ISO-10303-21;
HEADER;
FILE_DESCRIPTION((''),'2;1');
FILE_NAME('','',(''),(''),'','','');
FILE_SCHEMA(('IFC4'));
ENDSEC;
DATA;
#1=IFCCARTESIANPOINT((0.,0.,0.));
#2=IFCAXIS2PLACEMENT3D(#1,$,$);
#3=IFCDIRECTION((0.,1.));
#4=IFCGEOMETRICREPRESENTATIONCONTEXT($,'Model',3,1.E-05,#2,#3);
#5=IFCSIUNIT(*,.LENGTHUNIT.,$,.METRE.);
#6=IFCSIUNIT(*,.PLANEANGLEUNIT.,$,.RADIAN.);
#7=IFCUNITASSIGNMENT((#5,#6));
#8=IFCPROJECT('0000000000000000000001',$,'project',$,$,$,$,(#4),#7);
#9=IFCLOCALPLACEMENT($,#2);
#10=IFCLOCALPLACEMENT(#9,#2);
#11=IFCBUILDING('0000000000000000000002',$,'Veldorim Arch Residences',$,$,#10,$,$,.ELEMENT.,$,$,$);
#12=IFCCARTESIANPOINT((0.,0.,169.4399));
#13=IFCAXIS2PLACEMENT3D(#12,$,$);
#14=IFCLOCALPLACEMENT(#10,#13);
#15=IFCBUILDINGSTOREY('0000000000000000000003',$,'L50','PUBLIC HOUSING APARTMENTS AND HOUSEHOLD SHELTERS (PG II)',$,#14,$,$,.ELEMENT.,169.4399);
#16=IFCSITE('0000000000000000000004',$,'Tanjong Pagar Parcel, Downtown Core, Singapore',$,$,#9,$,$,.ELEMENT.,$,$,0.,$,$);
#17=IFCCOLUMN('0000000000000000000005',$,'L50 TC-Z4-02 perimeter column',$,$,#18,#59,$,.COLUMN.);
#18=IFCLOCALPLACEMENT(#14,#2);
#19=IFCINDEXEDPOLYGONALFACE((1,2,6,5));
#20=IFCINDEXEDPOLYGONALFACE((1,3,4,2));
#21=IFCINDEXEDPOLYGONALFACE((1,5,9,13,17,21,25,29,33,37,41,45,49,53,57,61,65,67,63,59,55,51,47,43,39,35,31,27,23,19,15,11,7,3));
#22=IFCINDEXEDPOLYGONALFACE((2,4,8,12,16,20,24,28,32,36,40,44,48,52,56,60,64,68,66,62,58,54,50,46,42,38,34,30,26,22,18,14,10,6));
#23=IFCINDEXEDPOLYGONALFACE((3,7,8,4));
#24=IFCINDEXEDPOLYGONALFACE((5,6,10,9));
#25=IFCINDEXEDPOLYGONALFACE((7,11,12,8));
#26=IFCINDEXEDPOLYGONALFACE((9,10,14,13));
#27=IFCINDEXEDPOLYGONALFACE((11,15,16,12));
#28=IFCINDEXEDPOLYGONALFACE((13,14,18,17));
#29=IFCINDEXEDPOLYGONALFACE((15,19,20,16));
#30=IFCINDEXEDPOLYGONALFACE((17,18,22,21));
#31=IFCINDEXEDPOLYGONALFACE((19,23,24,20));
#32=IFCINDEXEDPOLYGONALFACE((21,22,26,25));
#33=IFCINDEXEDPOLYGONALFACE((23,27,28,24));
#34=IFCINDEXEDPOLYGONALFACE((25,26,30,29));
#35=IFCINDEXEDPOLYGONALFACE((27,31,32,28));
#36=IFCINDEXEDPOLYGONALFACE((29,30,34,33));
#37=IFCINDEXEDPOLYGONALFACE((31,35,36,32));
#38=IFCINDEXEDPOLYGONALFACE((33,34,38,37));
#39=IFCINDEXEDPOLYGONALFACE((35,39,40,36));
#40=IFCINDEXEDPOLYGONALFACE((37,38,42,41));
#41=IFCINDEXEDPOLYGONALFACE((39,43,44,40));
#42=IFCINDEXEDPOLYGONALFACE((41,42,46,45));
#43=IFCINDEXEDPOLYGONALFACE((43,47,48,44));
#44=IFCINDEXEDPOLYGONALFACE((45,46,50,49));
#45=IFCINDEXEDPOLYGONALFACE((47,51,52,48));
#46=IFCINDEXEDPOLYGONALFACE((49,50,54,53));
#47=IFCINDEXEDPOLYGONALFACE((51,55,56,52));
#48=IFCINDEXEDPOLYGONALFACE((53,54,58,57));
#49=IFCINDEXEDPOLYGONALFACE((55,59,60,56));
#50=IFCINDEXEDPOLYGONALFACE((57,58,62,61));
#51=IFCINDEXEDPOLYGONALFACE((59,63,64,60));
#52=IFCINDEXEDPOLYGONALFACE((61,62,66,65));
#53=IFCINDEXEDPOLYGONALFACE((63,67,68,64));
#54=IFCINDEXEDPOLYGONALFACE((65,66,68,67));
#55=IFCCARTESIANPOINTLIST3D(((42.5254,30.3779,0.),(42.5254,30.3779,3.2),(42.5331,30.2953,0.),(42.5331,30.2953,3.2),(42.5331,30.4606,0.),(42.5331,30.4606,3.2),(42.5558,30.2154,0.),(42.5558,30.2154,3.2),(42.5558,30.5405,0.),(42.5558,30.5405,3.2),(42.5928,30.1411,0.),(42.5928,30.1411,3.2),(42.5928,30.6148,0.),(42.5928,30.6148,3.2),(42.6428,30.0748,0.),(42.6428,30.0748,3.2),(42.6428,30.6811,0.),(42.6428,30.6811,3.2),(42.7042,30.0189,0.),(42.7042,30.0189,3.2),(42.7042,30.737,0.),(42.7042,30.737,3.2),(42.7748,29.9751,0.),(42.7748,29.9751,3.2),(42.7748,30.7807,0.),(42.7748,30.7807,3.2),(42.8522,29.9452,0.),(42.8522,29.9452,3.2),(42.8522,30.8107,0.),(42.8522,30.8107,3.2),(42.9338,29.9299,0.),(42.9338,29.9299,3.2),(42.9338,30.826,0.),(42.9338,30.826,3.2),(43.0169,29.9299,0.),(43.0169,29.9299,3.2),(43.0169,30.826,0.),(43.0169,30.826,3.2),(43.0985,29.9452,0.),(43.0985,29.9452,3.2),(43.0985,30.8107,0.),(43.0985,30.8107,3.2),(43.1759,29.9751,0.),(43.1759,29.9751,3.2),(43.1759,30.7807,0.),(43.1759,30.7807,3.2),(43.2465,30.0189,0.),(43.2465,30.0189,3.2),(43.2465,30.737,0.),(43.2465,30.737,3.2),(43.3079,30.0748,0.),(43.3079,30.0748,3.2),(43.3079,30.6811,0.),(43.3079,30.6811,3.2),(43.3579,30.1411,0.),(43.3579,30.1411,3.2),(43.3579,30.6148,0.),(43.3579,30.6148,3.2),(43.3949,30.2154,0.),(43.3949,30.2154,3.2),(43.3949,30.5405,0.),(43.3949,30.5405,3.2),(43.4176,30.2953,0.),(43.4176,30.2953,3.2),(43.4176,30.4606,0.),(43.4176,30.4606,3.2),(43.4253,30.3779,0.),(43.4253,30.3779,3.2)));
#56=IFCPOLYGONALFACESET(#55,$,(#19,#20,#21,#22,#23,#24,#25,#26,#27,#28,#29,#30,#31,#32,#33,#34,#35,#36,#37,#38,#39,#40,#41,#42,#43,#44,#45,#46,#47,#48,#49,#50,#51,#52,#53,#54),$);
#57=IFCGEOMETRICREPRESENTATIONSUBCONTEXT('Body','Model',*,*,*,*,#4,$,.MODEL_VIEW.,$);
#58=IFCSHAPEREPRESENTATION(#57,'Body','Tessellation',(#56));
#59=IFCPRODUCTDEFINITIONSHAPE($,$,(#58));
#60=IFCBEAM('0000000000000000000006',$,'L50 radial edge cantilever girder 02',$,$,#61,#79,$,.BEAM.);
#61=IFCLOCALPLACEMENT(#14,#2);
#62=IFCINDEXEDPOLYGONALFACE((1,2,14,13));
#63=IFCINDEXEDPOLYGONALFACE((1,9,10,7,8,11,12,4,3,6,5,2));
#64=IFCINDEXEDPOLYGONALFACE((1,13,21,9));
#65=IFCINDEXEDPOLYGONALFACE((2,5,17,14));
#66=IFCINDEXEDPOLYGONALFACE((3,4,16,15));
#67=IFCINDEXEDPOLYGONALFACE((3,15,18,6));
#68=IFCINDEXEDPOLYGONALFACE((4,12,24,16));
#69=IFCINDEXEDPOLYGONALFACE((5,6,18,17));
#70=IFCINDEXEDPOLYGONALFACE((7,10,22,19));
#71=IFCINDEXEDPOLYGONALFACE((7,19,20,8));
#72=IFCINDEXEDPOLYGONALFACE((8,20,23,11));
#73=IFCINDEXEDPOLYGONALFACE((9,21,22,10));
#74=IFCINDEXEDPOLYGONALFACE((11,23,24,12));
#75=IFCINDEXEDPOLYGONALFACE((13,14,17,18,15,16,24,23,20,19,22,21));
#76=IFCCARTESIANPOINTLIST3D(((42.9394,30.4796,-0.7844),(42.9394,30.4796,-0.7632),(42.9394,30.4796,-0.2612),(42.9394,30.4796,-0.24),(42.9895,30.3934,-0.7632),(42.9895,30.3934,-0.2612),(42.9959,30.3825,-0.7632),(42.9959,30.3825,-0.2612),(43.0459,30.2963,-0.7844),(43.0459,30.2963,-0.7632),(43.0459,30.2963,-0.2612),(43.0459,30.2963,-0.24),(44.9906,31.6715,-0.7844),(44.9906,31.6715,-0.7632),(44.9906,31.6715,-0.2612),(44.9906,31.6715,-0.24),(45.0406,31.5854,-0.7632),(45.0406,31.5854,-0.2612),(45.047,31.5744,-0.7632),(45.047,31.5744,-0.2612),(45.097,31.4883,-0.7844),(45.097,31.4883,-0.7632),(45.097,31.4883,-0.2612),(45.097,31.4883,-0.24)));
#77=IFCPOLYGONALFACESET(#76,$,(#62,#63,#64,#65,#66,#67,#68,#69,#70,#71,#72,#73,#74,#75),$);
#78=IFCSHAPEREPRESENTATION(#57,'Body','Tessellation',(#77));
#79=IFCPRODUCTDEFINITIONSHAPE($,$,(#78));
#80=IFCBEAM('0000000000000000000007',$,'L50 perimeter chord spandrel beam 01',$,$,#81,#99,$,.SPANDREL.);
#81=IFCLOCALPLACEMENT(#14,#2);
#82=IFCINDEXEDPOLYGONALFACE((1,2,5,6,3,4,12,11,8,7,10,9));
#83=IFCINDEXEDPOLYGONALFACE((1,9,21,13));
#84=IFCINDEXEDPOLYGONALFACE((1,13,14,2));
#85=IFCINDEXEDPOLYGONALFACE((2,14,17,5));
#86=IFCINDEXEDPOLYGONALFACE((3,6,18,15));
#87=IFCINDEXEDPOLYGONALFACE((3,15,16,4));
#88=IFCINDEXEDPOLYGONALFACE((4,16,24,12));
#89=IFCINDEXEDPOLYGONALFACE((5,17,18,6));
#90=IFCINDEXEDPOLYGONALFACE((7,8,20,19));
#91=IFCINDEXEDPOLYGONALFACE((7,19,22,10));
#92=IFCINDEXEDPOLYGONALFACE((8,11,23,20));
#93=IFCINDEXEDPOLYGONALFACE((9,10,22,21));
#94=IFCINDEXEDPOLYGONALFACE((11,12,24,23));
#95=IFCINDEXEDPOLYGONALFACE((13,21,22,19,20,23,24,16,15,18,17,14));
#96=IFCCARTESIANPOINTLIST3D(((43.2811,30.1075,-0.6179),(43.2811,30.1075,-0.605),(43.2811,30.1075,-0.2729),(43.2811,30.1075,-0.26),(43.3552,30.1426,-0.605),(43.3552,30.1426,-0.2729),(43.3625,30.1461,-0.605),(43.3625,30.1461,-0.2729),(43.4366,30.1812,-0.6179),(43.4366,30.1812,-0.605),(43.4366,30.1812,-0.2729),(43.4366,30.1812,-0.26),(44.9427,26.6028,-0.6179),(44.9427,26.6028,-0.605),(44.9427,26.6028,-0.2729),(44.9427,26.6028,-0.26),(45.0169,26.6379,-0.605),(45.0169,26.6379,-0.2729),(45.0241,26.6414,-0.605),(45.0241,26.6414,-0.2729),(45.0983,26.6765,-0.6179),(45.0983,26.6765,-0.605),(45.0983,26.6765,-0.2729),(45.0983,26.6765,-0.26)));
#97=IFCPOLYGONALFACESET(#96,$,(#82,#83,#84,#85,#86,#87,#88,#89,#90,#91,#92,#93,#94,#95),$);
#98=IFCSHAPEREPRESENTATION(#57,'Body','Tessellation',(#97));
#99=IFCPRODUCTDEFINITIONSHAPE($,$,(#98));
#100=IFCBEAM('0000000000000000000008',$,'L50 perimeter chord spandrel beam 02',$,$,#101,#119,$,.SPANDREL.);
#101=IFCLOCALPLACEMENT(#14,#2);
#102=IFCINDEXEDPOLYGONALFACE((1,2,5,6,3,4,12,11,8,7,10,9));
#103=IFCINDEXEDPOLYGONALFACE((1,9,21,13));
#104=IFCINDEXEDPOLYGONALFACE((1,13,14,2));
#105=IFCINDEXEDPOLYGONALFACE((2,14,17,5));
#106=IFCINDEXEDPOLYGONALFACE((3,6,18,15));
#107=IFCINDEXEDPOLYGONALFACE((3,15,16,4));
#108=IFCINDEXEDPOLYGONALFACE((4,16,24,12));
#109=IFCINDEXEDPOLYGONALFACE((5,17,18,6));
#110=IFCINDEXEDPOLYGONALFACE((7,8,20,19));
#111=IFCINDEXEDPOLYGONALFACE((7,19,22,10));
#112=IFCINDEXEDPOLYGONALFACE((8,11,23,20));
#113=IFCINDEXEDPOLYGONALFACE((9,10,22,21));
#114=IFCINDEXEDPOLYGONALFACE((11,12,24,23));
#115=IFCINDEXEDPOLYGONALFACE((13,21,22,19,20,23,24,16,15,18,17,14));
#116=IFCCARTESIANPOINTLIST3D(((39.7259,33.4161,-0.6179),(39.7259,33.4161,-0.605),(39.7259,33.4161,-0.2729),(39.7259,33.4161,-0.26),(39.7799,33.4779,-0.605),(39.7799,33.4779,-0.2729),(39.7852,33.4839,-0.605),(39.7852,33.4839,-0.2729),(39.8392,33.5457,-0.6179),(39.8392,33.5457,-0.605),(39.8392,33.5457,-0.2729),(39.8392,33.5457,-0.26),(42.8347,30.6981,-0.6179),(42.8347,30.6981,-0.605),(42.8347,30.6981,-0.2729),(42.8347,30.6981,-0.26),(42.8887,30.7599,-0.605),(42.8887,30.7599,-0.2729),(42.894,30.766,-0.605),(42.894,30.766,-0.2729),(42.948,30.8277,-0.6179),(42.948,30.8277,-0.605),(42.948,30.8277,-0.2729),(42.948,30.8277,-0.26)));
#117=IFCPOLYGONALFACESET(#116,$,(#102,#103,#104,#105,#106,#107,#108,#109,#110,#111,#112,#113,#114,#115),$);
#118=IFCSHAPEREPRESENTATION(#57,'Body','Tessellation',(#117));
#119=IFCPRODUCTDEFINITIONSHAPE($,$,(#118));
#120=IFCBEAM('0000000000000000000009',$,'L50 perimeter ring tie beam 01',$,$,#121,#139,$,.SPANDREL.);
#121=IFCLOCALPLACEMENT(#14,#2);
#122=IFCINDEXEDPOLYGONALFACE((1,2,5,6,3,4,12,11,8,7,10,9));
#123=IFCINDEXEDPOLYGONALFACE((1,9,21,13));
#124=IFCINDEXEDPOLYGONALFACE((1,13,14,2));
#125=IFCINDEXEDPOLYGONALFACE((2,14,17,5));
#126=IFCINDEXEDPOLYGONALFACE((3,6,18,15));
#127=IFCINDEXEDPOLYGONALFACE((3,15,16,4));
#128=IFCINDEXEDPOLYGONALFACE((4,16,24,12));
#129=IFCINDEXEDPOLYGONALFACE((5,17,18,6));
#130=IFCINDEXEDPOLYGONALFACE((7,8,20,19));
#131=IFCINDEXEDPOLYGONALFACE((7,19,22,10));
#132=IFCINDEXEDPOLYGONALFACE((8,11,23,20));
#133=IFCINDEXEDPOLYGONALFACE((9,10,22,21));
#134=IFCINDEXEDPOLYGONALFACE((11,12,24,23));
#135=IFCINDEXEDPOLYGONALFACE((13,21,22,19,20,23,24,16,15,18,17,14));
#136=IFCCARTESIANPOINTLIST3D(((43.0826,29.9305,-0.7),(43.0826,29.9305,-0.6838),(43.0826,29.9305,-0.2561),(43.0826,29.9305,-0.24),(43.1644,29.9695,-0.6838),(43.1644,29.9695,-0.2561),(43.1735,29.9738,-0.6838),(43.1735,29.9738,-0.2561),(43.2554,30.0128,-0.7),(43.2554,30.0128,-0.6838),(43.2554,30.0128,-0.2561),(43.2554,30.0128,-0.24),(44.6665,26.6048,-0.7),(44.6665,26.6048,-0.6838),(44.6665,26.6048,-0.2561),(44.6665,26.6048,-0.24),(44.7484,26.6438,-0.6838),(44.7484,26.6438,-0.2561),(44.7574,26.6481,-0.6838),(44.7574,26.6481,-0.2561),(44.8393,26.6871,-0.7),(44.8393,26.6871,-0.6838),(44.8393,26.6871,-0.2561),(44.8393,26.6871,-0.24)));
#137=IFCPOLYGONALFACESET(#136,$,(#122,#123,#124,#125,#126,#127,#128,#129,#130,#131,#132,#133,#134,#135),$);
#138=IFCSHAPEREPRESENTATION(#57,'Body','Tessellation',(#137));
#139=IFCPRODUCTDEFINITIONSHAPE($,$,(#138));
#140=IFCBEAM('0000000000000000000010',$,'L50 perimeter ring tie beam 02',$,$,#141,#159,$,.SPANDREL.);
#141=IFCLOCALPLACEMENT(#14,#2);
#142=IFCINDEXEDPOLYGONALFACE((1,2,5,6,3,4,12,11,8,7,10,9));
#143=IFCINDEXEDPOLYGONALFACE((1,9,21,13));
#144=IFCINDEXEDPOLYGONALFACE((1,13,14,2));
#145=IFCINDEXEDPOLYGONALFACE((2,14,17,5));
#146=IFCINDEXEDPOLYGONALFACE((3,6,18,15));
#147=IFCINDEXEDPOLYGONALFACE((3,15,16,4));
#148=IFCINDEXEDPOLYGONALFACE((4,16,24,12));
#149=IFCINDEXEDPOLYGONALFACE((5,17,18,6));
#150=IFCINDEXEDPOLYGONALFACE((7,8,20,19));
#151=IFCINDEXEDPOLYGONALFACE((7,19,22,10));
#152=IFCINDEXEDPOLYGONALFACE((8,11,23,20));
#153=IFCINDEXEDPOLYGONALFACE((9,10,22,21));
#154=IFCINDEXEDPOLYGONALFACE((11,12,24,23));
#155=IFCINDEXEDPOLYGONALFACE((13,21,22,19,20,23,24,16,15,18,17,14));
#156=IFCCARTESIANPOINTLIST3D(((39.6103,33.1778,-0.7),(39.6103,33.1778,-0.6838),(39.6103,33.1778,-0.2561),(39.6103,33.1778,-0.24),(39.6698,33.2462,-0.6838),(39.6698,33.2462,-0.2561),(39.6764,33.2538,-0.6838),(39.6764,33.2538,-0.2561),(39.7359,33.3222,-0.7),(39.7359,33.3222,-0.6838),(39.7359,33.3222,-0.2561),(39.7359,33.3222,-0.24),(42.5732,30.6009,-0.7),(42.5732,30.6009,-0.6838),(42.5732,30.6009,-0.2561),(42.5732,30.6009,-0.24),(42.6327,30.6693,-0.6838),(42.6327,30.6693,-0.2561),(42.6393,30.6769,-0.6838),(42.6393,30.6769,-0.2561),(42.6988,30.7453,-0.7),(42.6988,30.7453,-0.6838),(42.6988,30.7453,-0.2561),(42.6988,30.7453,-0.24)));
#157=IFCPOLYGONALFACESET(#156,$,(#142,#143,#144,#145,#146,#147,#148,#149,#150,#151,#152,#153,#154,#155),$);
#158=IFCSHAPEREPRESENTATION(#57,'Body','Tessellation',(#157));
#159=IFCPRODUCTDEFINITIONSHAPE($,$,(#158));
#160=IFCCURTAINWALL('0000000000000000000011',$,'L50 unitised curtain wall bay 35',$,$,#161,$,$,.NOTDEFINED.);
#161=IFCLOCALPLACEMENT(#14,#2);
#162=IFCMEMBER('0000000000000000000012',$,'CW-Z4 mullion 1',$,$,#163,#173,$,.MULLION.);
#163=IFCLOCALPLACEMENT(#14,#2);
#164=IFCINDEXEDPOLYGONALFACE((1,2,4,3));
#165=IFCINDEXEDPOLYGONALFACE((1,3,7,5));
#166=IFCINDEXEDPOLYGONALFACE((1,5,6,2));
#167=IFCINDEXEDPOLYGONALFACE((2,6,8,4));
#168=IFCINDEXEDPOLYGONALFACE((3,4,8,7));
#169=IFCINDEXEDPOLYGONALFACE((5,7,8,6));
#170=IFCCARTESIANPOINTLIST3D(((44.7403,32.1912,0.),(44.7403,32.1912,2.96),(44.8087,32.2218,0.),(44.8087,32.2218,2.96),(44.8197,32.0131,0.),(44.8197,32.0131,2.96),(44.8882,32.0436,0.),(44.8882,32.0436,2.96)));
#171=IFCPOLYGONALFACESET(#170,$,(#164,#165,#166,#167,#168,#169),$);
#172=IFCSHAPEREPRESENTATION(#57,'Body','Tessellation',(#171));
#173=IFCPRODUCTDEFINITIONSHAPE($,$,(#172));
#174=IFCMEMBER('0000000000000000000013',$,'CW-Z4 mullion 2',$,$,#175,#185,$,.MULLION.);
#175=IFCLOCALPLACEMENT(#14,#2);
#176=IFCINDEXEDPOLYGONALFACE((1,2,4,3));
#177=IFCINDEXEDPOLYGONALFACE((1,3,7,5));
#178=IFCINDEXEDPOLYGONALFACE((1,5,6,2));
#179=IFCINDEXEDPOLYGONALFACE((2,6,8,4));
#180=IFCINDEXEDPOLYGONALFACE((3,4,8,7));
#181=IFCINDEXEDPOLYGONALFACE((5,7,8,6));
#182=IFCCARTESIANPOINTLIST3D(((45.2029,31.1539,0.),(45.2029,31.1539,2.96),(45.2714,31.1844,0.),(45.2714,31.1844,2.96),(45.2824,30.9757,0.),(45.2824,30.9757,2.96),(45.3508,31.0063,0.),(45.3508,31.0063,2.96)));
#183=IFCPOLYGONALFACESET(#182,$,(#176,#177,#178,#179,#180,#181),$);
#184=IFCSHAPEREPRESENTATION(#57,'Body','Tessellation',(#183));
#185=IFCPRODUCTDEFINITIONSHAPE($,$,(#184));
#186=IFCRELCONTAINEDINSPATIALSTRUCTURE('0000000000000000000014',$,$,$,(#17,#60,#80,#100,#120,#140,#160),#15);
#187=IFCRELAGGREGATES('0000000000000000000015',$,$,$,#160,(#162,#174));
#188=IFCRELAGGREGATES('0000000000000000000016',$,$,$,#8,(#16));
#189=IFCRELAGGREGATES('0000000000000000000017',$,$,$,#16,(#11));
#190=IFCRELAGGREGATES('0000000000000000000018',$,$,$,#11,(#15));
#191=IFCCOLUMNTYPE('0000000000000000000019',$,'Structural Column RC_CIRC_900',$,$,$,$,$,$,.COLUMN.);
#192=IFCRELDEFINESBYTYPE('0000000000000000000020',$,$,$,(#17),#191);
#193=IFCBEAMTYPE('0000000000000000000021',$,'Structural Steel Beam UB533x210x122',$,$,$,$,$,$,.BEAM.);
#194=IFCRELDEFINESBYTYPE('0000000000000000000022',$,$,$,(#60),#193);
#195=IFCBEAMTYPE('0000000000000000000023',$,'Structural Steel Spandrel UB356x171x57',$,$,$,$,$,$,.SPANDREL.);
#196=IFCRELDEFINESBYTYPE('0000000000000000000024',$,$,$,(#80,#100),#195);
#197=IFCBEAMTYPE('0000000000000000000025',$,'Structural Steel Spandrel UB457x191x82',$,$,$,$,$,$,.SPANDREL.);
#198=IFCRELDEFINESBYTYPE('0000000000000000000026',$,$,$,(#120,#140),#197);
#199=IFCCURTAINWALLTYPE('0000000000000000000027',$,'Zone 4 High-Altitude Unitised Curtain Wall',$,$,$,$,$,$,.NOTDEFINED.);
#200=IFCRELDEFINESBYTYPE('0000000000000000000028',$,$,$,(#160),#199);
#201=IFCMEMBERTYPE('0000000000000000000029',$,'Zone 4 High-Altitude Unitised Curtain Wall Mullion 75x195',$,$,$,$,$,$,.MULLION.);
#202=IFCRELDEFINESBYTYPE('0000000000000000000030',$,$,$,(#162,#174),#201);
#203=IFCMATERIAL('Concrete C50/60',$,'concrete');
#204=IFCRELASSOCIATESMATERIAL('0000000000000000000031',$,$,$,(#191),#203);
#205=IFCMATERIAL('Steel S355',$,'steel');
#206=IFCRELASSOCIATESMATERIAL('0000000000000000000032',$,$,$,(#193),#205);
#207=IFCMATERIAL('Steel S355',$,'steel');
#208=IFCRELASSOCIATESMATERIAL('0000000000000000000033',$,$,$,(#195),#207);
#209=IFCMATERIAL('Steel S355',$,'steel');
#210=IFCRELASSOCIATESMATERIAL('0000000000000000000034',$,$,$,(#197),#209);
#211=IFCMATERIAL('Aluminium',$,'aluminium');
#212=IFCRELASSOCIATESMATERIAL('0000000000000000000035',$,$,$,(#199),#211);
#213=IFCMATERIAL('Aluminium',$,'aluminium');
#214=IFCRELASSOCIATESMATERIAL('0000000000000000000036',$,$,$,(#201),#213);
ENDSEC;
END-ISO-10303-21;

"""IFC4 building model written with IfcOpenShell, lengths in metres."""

from ifc_helpers import new_model, si_unit, direction, frame, origin, origin_2d, place, context, subcontext, project, spatial, rectangle, circle, i_section, extrude, material, material_profile, profile_set, type_object, element, aggregate, save


model = new_model("IFC4")

# Units and contexts
model_context = context("Model", 3, precision=1e-05, world=origin(), true_north=direction((0.0, 1.0)))
body_context = subcontext(model_context, "Body", "Model", "MODEL_VIEW")
ifc_project = project(units=[si_unit("LENGTHUNIT", "METRE"), si_unit("PLANEANGLEUNIT", "RADIAN")], contexts=[model_context])

# Site, building, storey
site_placement = place(None, origin())
site = spatial("IfcSite", under=ifc_project, at=site_placement, Name="Tanjong Pagar Parcel, Downtown Core, Singapore", CompositionType="ELEMENT", RefElevation=0.0)
building_placement = place(site_placement, origin())
building = spatial("IfcBuilding", under=site, at=building_placement, Name="Veldorim Arch Residences", CompositionType="ELEMENT")
storey_placement = place(building_placement, frame((0.0, 0.0, 169.4399)))
storey = spatial("IfcBuildingStorey", under=building, at=storey_placement, Name="L50", Description="PUBLIC HOUSING APARTMENTS AND HOUSEHOLD SHELTERS (PG II)", CompositionType="ELEMENT", Elevation=169.4399)

# Column
ifc_material_1 = material(Name="Concrete C50/60", Category="concrete")
ifc_material_profile_1 = material_profile(ifc_material_1, circle(Radius=0.45, at=origin_2d()), Name="RC_CIRC_900")
ifc_profile_set_1 = profile_set([ifc_material_profile_1], Name="Concrete C50/60")
column_type = type_object("IfcColumnType", Name="Structural Column RC_CIRC_900", PredefinedType="COLUMN", material=ifc_profile_set_1)
column_placement = place(storey_placement, frame((42.9753, 30.3779, 0.0), z_axis=(0.0, 0.0, 1.0), x_axis=(1.0, 0.0, 0.0)))
element("IfcColumn", 1, at=column_placement, inside=storey, type_object=column_type, Name="L50 TC-Z4-02 perimeter column", PredefinedType="COLUMN", context=body_context, shape_type="SweptSolid", body=[
    extrude(circle(Radius=0.45, at=origin_2d()), origin(), (0.0, 0.0, 1.0), 3.2),
])

# Beams
ifc_material_2 = material(Name="Steel S355", Category="steel")
ifc_material_profile_2 = material_profile(ifc_material_2, i_section(OverallWidth=0.2119, OverallDepth=0.5444, WebThickness=0.0127, FlangeThickness=0.0212, at=origin_2d()), Name="UB533x210x122")
ifc_profile_set_2 = profile_set([ifc_material_profile_2], Name="Steel S355")
beam_type_1 = type_object("IfcBeamType", Name="Structural Steel Beam UB533x210x122", PredefinedType="BEAM", material=ifc_profile_set_2)
beam_1_placement = place(storey_placement, frame((42.9927, 30.3879, -0.5122), z_axis=(0.86461, 0.502443, 0.0), x_axis=(-0.502443, 0.86461, 0.0)))
element("IfcBeam", 2, at=beam_1_placement, inside=storey, type_object=beam_type_1, Name="L50 radial edge cantilever girder 02", PredefinedType="BEAM", context=body_context, shape_type="SweptSolid", body=[
    extrude(i_section(OverallWidth=0.2119, OverallDepth=0.5444, WebThickness=0.0127, FlangeThickness=0.0212, at=origin_2d()), origin(), (0.0, 0.0, 1.0), 2.3723),
])
ifc_material_3 = material(Name="Steel S355", Category="steel")
ifc_material_profile_3 = material_profile(ifc_material_3, i_section(OverallWidth=0.1721, OverallDepth=0.3579, WebThickness=0.0081, FlangeThickness=0.0129, at=origin_2d()), Name="UB356x171x57")
ifc_profile_set_3 = profile_set([ifc_material_profile_3], Name="Steel S355")
beam_type_2 = type_object("IfcBeamType", Name="Structural Steel Spandrel UB356x171x57", PredefinedType="SPANDREL", material=ifc_profile_set_3)
beam_2_placement = place(storey_placement, frame((45.0205, 26.6396, -0.439), z_axis=(-0.428408, 0.903585, 0.0), x_axis=(-0.903585, -0.428408, 0.0)))
element("IfcBeam", 3, at=beam_2_placement, inside=storey, type_object=beam_type_2, Name="L50 perimeter chord spandrel beam 01", PredefinedType="SPANDREL", context=body_context, shape_type="SweptSolid", body=[
    extrude(i_section(OverallWidth=0.1721, OverallDepth=0.3579, WebThickness=0.0081, FlangeThickness=0.0129, at=origin_2d()), origin(), (0.0, 0.0, 1.0), 3.8787),
])
beam_3_placement = place(storey_placement, frame((42.8914, 30.7629, -0.439), z_axis=(-0.752848, 0.658195, 0.0), x_axis=(-0.658195, -0.752848, 0.0)))
element("IfcBeam", 4, at=beam_3_placement, inside=storey, type_object=beam_type_2, Name="L50 perimeter chord spandrel beam 02", PredefinedType="SPANDREL", context=body_context, shape_type="SweptSolid", body=[
    extrude(i_section(OverallWidth=0.1721, OverallDepth=0.3579, WebThickness=0.0081, FlangeThickness=0.0129, at=origin_2d()), origin(), (0.0, 0.0, 1.0), 4.1294),
])
ifc_material_4 = material(Name="Steel S355", Category="steel")
ifc_material_profile_4 = material_profile(ifc_material_4, i_section(OverallWidth=0.1914, OverallDepth=0.46, WebThickness=0.01, FlangeThickness=0.0161, at=origin_2d()), Name="UB457x191x82")
ifc_profile_set_4 = profile_set([ifc_material_profile_4], Name="Steel S355")
beam_type_3 = type_object("IfcBeamType", Name="Structural Steel Spandrel UB457x191x82", PredefinedType="SPANDREL", material=ifc_profile_set_4)
beam_4_placement = place(storey_placement, frame((44.7529, 26.646, -0.47), z_axis=(-0.430006, 0.902826, 0.0), x_axis=(-0.902826, -0.430006, 0.0)))
element("IfcBeam", 5, at=beam_4_placement, inside=storey, type_object=beam_type_3, Name="L50 perimeter ring tie beam 01", PredefinedType="SPANDREL", context=body_context, shape_type="SweptSolid", body=[
    extrude(i_section(OverallWidth=0.1914, OverallDepth=0.46, WebThickness=0.01, FlangeThickness=0.0161, at=origin_2d()), origin(), (0.0, 0.0, 1.0), 3.6836),
])
beam_5_placement = place(storey_placement, frame((42.636, 30.6731, -0.47), z_axis=(-0.754545, 0.656248, 0.0), x_axis=(-0.656248, -0.754545, 0.0)))
element("IfcBeam", 6, at=beam_5_placement, inside=storey, type_object=beam_type_3, Name="L50 perimeter ring tie beam 02", PredefinedType="SPANDREL", context=body_context, shape_type="SweptSolid", body=[
    extrude(i_section(OverallWidth=0.1914, OverallDepth=0.46, WebThickness=0.01, FlangeThickness=0.0161, at=origin_2d()), origin(), (0.0, 0.0, 1.0), 3.9268),
])

# Curtain wall, members
ifc_material_5 = material(Name="Aluminium", Category="aluminium")
curtain_wall_type = type_object("IfcCurtainWallType", Name="Zone 4 High-Altitude Unitised Curtain Wall", PredefinedType="NOTDEFINED", material=ifc_material_5)
curtain_wall_placement = place(storey_placement, origin())
curtain_wall = element("IfcCurtainWall", 7, at=curtain_wall_placement, inside=storey, type_object=curtain_wall_type, Name="L50 unitised curtain wall bay 35", PredefinedType="NOTDEFINED")
ifc_material_6 = material(Name="Aluminium", Category="aluminium")
ifc_material_profile_5 = material_profile(ifc_material_6, rectangle(XDim=0.075, YDim=0.1951, at=origin_2d()), Name="ALU_MUL_75x195")
ifc_profile_set_5 = profile_set([ifc_material_profile_5], Name="Aluminium")
member_type_1 = type_object("IfcMemberType", Name="Zone 4 High-Altitude Unitised Curtain Wall Mullion 75x195", PredefinedType="MULLION", material=ifc_profile_set_5)
member_1_placement = place(storey_placement, frame((44.8142, 32.1174, 0.0), z_axis=(0.0, 0.0, 1.0), x_axis=(0.913308, 0.407269, 0.0)))
member_1 = element("IfcMember", 8, at=member_1_placement, type_object=member_type_1, Name="CW-Z4 mullion 1", PredefinedType="MULLION", context=body_context, shape_type="SweptSolid", body=[
    extrude(rectangle(XDim=0.075, YDim=0.1951, at=origin_2d()), origin(), (0.0, 0.0, 1.0), 2.96),
])
member_2_placement = place(storey_placement, frame((45.2769, 31.0801, 0.0), z_axis=(0.0, 0.0, 1.0), x_axis=(0.913308, 0.407269, 0.0)))
member_2 = element("IfcMember", 9, at=member_2_placement, type_object=member_type_1, Name="CW-Z4 mullion 2", PredefinedType="MULLION", context=body_context, shape_type="SweptSolid", body=[
    extrude(rectangle(XDim=0.075, YDim=0.1951, at=origin_2d()), origin(), (0.0, 0.0, 1.0), 2.96),
])
aggregate(curtain_wall, [member_1, member_2])

save(model, "model.ifc")
